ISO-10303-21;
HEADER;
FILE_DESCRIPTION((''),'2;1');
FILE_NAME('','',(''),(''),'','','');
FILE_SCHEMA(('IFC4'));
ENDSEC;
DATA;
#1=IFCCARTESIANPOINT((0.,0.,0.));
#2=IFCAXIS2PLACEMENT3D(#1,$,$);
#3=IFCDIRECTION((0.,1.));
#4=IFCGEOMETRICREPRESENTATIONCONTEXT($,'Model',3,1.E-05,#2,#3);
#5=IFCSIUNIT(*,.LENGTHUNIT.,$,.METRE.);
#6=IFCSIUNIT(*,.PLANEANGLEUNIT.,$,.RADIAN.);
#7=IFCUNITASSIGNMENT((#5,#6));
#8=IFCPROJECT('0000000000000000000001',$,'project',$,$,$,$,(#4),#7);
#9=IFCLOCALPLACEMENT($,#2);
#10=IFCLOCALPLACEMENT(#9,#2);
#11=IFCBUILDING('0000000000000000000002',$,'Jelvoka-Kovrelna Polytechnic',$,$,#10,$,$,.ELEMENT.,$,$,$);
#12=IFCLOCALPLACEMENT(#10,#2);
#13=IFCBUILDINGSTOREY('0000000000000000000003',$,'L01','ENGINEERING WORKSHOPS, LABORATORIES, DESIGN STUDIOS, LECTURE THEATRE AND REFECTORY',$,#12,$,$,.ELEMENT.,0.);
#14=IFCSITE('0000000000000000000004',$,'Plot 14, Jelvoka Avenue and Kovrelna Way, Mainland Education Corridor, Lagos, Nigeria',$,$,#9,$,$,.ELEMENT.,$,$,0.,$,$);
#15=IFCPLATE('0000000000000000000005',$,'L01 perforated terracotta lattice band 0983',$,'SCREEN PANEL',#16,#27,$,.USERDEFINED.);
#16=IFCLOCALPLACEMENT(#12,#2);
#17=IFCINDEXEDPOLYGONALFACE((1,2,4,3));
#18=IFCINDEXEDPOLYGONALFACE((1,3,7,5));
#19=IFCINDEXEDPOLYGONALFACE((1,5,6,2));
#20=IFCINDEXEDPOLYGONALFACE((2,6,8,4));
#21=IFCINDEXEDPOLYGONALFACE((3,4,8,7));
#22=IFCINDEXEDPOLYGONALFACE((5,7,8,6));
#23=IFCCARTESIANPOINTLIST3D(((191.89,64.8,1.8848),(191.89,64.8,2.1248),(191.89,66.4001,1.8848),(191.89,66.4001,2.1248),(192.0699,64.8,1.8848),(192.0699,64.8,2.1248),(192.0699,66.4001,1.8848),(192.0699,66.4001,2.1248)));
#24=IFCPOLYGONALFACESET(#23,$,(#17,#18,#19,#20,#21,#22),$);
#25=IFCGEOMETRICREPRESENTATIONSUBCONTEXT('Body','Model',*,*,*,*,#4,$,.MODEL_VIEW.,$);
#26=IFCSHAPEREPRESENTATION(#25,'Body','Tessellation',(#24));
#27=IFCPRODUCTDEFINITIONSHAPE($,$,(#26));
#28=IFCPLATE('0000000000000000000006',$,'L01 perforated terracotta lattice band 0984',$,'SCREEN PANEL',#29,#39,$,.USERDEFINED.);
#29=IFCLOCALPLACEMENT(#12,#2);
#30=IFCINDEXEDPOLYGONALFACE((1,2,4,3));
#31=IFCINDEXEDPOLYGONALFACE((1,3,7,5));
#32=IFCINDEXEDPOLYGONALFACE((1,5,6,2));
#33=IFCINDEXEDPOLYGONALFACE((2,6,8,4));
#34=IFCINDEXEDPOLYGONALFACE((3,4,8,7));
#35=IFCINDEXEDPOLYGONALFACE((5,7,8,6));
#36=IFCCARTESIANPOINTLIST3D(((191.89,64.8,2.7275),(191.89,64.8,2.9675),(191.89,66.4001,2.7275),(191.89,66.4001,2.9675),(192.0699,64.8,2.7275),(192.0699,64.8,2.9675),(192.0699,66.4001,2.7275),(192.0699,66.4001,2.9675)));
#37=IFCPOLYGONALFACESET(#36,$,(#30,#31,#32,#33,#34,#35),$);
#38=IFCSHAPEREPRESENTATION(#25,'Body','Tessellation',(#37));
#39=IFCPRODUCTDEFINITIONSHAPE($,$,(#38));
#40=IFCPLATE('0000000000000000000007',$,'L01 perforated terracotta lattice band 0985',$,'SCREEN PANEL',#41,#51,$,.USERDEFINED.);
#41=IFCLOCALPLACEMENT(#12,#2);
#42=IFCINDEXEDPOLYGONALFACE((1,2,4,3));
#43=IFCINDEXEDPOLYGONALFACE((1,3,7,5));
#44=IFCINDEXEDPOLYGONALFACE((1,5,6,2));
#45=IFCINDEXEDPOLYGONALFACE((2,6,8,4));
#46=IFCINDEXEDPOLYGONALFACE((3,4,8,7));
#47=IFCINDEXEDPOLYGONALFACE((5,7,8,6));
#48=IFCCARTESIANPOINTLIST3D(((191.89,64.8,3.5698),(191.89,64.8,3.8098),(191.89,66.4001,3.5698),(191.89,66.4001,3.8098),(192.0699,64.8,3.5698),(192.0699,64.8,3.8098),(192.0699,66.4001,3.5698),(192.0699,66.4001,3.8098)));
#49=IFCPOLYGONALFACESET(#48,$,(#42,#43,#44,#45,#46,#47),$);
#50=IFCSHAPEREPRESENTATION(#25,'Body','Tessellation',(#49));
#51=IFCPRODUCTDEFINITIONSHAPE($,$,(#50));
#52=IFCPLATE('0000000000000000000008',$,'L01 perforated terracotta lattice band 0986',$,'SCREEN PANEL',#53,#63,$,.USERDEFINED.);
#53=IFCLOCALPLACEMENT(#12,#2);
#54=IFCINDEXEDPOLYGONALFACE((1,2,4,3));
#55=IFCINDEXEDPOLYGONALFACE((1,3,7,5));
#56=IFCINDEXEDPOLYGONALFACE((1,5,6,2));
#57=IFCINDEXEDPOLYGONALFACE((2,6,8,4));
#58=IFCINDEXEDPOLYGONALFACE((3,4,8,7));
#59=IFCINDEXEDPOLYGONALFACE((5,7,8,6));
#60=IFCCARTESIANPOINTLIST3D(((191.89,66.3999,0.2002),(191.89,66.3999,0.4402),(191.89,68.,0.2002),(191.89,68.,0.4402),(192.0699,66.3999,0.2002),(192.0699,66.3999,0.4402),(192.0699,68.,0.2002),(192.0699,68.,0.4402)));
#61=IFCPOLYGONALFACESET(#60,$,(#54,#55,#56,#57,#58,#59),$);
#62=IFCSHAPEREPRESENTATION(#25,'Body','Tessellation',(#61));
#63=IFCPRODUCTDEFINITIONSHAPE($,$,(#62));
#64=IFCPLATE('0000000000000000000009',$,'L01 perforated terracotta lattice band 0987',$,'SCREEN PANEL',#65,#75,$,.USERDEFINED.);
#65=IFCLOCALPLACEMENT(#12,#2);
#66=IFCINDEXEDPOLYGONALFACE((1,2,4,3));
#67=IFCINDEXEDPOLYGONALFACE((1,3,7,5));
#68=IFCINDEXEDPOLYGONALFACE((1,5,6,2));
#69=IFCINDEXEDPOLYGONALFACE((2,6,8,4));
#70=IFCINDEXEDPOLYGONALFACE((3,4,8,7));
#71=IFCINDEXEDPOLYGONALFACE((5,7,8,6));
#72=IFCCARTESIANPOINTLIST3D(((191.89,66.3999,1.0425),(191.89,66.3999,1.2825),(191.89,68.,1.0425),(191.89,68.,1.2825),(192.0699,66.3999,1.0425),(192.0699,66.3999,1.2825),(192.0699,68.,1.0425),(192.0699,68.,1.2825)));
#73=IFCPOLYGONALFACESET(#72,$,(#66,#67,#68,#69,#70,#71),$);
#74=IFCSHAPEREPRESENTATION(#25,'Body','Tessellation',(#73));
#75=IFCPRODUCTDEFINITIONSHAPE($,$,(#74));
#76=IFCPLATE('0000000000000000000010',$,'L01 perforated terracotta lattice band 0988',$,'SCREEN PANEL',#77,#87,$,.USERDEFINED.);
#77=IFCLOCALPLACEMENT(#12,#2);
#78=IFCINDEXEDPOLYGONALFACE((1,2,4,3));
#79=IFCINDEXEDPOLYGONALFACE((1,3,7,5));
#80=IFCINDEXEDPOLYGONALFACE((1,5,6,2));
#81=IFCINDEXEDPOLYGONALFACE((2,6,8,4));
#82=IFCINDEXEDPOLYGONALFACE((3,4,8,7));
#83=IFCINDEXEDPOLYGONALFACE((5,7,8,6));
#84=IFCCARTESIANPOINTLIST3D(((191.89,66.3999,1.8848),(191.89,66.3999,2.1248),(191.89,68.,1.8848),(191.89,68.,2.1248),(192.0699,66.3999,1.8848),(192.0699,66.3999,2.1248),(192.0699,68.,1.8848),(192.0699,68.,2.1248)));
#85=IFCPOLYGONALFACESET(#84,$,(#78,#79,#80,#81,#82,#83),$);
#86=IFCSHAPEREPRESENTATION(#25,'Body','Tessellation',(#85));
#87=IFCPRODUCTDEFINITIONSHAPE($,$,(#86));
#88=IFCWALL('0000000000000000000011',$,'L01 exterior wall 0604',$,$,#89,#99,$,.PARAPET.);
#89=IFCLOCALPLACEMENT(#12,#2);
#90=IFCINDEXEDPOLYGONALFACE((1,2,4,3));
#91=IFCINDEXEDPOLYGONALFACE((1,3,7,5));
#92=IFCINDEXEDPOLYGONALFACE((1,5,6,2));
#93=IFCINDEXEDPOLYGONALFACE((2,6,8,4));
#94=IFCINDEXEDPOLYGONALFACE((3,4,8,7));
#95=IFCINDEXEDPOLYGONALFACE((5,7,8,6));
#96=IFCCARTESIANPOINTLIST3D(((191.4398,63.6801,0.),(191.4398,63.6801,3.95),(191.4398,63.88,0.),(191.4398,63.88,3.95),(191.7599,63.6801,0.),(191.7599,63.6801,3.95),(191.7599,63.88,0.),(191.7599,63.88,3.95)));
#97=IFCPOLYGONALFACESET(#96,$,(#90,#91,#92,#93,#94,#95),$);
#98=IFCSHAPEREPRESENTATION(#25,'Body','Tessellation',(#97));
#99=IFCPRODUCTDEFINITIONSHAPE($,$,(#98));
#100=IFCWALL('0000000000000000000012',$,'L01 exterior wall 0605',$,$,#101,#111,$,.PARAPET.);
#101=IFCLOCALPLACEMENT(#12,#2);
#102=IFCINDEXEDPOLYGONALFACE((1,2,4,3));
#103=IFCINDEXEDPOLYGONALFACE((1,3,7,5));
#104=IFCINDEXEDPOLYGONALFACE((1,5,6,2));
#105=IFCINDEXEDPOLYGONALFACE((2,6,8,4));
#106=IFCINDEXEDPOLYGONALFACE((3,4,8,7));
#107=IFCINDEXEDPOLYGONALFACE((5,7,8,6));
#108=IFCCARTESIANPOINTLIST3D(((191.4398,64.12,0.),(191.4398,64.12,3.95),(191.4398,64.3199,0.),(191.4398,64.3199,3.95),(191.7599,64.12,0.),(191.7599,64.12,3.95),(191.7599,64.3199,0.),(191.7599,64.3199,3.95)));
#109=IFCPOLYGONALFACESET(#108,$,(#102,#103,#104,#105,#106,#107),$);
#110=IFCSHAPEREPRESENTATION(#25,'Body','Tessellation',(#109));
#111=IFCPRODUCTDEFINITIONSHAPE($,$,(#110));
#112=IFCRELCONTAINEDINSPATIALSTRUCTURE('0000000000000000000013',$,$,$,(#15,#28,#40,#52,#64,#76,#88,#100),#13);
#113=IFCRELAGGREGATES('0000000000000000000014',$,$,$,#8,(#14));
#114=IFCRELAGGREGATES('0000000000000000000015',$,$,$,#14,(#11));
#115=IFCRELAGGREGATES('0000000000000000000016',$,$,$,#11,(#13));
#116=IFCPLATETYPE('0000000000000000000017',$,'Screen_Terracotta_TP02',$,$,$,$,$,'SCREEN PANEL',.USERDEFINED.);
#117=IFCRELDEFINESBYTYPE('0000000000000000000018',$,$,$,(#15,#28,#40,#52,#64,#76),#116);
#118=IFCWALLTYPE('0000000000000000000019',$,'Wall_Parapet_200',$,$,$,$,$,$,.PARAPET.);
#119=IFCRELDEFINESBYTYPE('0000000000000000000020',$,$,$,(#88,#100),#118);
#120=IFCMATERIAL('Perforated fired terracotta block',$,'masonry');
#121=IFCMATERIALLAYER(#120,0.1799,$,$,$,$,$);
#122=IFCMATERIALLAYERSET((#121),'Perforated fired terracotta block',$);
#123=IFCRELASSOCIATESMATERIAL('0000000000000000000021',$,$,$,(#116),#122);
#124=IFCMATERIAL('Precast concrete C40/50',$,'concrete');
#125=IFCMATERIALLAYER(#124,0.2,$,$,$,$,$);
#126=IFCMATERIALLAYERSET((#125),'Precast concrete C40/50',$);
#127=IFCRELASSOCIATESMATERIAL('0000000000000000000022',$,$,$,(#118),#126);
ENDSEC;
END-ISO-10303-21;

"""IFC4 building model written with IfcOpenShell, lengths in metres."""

from ifc_helpers import new_model, si_unit, direction, frame, frame_2d, origin, origin_2d, place, context, subcontext, project, spatial, rectangle, extrude, material, layer, layer_set, type_object, element, save


model = new_model("IFC4")

# Units and contexts
model_context = context("Model", 3, precision=1e-05, world=origin(), true_north=direction((0.0, 1.0)))
body_context = subcontext(model_context, "Body", "Model", "MODEL_VIEW")
ifc_project = project(units=[si_unit("LENGTHUNIT", "METRE"), si_unit("PLANEANGLEUNIT", "RADIAN")], contexts=[model_context])

# Site, building, storey
site_placement = place(None, origin())
site = spatial("IfcSite", under=ifc_project, at=site_placement, Name="Plot 14, Jelvoka Avenue and Kovrelna Way, Mainland Education Corridor, Lagos, Nigeria", CompositionType="ELEMENT", RefElevation=0.0)
building_placement = place(site_placement, origin())
building = spatial("IfcBuilding", under=site, at=building_placement, Name="Jelvoka-Kovrelna Polytechnic", CompositionType="ELEMENT")
storey_placement = place(building_placement, origin())
storey = spatial("IfcBuildingStorey", under=building, at=storey_placement, Name="L01", Description="ENGINEERING WORKSHOPS, LABORATORIES, DESIGN STUDIOS, LECTURE THEATRE AND REFECTORY", CompositionType="ELEMENT", Elevation=0.0)

# Plates
ifc_material_1 = material(Name="Perforated fired terracotta block", Category="masonry")
ifc_layer_1 = layer(ifc_material_1, 0.1799)
ifc_layer_set_1 = layer_set([ifc_layer_1], Name="Perforated fired terracotta block")
plate_type = type_object("IfcPlateType", Name="Screen_Terracotta_TP02", ElementType="SCREEN PANEL", PredefinedType="USERDEFINED", material=ifc_layer_set_1)
for number, where, z_axis, x_axis, name in (
    (1, (191.98, 65.6001, 1.8848), (0.0, 0.0, 1.0), (0.0, 1.0, 0.0), "L01 perforated terracotta lattice band 0983"),
    (2, (191.98, 65.6001, 2.7275), (0.0, 0.0, 1.0), (0.0, 1.0, 0.0), "L01 perforated terracotta lattice band 0984"),
    (3, (191.98, 65.6001, 3.5698), (0.0, 0.0, 1.0), (0.0, 1.0, 0.0), "L01 perforated terracotta lattice band 0985"),
    (4, (191.98, 67.2, 0.2002), (0.0, 0.0, 1.0), (0.0, 1.0, 0.0), "L01 perforated terracotta lattice band 0986"),
    (5, (191.98, 67.2, 1.0425), (0.0, 0.0, 1.0), (0.0, 1.0, 0.0), "L01 perforated terracotta lattice band 0987"),
    (6, (191.98, 67.2, 1.8848), (0.0, 0.0, 1.0), (0.0, 1.0, 0.0), "L01 perforated terracotta lattice band 0988"),
):
    element("IfcPlate", number, at=place(storey_placement, frame(where, z_axis=z_axis, x_axis=x_axis)), inside=storey, type_object=plate_type, Name=name, ObjectType="SCREEN PANEL", PredefinedType="USERDEFINED", context=body_context, shape_type="SweptSolid", body=[
        extrude(rectangle(XDim=1.6001, YDim=0.1799, at=origin_2d()), origin(), (0.0, 0.0, 1.0), 0.24),
    ])

# Walls
ifc_material_2 = material(Name="Precast concrete C40/50", Category="concrete")
ifc_layer_2 = layer(ifc_material_2, 0.2)
ifc_layer_set_2 = layer_set([ifc_layer_2], Name="Precast concrete C40/50")
wall_type = type_object("IfcWallType", Name="Wall_Parapet_200", PredefinedType="PARAPET", material=ifc_layer_set_2)
for number, where, z_axis, x_axis, name in (
    (7, (191.76, 63.78, 0.0), (0.0, 0.0, 1.0), (-1.0, 0.0, 0.0), "L01 exterior wall 0604"),
    (8, (191.76, 64.22, 0.0), (0.0, 0.0, 1.0), (-1.0, 0.0, 0.0), "L01 exterior wall 0605"),
):
    element("IfcWall", number, at=place(storey_placement, frame(where, z_axis=z_axis, x_axis=x_axis)), inside=storey, type_object=wall_type, Name=name, PredefinedType="PARAPET", context=body_context, shape_type="SweptSolid", body=[
        extrude(rectangle(XDim=0.3201, YDim=0.2, at=frame_2d((0.1602, 0.0))), origin(), (0.0, 0.0, 1.0), 3.95),
    ])

save(model, "model.ifc")
